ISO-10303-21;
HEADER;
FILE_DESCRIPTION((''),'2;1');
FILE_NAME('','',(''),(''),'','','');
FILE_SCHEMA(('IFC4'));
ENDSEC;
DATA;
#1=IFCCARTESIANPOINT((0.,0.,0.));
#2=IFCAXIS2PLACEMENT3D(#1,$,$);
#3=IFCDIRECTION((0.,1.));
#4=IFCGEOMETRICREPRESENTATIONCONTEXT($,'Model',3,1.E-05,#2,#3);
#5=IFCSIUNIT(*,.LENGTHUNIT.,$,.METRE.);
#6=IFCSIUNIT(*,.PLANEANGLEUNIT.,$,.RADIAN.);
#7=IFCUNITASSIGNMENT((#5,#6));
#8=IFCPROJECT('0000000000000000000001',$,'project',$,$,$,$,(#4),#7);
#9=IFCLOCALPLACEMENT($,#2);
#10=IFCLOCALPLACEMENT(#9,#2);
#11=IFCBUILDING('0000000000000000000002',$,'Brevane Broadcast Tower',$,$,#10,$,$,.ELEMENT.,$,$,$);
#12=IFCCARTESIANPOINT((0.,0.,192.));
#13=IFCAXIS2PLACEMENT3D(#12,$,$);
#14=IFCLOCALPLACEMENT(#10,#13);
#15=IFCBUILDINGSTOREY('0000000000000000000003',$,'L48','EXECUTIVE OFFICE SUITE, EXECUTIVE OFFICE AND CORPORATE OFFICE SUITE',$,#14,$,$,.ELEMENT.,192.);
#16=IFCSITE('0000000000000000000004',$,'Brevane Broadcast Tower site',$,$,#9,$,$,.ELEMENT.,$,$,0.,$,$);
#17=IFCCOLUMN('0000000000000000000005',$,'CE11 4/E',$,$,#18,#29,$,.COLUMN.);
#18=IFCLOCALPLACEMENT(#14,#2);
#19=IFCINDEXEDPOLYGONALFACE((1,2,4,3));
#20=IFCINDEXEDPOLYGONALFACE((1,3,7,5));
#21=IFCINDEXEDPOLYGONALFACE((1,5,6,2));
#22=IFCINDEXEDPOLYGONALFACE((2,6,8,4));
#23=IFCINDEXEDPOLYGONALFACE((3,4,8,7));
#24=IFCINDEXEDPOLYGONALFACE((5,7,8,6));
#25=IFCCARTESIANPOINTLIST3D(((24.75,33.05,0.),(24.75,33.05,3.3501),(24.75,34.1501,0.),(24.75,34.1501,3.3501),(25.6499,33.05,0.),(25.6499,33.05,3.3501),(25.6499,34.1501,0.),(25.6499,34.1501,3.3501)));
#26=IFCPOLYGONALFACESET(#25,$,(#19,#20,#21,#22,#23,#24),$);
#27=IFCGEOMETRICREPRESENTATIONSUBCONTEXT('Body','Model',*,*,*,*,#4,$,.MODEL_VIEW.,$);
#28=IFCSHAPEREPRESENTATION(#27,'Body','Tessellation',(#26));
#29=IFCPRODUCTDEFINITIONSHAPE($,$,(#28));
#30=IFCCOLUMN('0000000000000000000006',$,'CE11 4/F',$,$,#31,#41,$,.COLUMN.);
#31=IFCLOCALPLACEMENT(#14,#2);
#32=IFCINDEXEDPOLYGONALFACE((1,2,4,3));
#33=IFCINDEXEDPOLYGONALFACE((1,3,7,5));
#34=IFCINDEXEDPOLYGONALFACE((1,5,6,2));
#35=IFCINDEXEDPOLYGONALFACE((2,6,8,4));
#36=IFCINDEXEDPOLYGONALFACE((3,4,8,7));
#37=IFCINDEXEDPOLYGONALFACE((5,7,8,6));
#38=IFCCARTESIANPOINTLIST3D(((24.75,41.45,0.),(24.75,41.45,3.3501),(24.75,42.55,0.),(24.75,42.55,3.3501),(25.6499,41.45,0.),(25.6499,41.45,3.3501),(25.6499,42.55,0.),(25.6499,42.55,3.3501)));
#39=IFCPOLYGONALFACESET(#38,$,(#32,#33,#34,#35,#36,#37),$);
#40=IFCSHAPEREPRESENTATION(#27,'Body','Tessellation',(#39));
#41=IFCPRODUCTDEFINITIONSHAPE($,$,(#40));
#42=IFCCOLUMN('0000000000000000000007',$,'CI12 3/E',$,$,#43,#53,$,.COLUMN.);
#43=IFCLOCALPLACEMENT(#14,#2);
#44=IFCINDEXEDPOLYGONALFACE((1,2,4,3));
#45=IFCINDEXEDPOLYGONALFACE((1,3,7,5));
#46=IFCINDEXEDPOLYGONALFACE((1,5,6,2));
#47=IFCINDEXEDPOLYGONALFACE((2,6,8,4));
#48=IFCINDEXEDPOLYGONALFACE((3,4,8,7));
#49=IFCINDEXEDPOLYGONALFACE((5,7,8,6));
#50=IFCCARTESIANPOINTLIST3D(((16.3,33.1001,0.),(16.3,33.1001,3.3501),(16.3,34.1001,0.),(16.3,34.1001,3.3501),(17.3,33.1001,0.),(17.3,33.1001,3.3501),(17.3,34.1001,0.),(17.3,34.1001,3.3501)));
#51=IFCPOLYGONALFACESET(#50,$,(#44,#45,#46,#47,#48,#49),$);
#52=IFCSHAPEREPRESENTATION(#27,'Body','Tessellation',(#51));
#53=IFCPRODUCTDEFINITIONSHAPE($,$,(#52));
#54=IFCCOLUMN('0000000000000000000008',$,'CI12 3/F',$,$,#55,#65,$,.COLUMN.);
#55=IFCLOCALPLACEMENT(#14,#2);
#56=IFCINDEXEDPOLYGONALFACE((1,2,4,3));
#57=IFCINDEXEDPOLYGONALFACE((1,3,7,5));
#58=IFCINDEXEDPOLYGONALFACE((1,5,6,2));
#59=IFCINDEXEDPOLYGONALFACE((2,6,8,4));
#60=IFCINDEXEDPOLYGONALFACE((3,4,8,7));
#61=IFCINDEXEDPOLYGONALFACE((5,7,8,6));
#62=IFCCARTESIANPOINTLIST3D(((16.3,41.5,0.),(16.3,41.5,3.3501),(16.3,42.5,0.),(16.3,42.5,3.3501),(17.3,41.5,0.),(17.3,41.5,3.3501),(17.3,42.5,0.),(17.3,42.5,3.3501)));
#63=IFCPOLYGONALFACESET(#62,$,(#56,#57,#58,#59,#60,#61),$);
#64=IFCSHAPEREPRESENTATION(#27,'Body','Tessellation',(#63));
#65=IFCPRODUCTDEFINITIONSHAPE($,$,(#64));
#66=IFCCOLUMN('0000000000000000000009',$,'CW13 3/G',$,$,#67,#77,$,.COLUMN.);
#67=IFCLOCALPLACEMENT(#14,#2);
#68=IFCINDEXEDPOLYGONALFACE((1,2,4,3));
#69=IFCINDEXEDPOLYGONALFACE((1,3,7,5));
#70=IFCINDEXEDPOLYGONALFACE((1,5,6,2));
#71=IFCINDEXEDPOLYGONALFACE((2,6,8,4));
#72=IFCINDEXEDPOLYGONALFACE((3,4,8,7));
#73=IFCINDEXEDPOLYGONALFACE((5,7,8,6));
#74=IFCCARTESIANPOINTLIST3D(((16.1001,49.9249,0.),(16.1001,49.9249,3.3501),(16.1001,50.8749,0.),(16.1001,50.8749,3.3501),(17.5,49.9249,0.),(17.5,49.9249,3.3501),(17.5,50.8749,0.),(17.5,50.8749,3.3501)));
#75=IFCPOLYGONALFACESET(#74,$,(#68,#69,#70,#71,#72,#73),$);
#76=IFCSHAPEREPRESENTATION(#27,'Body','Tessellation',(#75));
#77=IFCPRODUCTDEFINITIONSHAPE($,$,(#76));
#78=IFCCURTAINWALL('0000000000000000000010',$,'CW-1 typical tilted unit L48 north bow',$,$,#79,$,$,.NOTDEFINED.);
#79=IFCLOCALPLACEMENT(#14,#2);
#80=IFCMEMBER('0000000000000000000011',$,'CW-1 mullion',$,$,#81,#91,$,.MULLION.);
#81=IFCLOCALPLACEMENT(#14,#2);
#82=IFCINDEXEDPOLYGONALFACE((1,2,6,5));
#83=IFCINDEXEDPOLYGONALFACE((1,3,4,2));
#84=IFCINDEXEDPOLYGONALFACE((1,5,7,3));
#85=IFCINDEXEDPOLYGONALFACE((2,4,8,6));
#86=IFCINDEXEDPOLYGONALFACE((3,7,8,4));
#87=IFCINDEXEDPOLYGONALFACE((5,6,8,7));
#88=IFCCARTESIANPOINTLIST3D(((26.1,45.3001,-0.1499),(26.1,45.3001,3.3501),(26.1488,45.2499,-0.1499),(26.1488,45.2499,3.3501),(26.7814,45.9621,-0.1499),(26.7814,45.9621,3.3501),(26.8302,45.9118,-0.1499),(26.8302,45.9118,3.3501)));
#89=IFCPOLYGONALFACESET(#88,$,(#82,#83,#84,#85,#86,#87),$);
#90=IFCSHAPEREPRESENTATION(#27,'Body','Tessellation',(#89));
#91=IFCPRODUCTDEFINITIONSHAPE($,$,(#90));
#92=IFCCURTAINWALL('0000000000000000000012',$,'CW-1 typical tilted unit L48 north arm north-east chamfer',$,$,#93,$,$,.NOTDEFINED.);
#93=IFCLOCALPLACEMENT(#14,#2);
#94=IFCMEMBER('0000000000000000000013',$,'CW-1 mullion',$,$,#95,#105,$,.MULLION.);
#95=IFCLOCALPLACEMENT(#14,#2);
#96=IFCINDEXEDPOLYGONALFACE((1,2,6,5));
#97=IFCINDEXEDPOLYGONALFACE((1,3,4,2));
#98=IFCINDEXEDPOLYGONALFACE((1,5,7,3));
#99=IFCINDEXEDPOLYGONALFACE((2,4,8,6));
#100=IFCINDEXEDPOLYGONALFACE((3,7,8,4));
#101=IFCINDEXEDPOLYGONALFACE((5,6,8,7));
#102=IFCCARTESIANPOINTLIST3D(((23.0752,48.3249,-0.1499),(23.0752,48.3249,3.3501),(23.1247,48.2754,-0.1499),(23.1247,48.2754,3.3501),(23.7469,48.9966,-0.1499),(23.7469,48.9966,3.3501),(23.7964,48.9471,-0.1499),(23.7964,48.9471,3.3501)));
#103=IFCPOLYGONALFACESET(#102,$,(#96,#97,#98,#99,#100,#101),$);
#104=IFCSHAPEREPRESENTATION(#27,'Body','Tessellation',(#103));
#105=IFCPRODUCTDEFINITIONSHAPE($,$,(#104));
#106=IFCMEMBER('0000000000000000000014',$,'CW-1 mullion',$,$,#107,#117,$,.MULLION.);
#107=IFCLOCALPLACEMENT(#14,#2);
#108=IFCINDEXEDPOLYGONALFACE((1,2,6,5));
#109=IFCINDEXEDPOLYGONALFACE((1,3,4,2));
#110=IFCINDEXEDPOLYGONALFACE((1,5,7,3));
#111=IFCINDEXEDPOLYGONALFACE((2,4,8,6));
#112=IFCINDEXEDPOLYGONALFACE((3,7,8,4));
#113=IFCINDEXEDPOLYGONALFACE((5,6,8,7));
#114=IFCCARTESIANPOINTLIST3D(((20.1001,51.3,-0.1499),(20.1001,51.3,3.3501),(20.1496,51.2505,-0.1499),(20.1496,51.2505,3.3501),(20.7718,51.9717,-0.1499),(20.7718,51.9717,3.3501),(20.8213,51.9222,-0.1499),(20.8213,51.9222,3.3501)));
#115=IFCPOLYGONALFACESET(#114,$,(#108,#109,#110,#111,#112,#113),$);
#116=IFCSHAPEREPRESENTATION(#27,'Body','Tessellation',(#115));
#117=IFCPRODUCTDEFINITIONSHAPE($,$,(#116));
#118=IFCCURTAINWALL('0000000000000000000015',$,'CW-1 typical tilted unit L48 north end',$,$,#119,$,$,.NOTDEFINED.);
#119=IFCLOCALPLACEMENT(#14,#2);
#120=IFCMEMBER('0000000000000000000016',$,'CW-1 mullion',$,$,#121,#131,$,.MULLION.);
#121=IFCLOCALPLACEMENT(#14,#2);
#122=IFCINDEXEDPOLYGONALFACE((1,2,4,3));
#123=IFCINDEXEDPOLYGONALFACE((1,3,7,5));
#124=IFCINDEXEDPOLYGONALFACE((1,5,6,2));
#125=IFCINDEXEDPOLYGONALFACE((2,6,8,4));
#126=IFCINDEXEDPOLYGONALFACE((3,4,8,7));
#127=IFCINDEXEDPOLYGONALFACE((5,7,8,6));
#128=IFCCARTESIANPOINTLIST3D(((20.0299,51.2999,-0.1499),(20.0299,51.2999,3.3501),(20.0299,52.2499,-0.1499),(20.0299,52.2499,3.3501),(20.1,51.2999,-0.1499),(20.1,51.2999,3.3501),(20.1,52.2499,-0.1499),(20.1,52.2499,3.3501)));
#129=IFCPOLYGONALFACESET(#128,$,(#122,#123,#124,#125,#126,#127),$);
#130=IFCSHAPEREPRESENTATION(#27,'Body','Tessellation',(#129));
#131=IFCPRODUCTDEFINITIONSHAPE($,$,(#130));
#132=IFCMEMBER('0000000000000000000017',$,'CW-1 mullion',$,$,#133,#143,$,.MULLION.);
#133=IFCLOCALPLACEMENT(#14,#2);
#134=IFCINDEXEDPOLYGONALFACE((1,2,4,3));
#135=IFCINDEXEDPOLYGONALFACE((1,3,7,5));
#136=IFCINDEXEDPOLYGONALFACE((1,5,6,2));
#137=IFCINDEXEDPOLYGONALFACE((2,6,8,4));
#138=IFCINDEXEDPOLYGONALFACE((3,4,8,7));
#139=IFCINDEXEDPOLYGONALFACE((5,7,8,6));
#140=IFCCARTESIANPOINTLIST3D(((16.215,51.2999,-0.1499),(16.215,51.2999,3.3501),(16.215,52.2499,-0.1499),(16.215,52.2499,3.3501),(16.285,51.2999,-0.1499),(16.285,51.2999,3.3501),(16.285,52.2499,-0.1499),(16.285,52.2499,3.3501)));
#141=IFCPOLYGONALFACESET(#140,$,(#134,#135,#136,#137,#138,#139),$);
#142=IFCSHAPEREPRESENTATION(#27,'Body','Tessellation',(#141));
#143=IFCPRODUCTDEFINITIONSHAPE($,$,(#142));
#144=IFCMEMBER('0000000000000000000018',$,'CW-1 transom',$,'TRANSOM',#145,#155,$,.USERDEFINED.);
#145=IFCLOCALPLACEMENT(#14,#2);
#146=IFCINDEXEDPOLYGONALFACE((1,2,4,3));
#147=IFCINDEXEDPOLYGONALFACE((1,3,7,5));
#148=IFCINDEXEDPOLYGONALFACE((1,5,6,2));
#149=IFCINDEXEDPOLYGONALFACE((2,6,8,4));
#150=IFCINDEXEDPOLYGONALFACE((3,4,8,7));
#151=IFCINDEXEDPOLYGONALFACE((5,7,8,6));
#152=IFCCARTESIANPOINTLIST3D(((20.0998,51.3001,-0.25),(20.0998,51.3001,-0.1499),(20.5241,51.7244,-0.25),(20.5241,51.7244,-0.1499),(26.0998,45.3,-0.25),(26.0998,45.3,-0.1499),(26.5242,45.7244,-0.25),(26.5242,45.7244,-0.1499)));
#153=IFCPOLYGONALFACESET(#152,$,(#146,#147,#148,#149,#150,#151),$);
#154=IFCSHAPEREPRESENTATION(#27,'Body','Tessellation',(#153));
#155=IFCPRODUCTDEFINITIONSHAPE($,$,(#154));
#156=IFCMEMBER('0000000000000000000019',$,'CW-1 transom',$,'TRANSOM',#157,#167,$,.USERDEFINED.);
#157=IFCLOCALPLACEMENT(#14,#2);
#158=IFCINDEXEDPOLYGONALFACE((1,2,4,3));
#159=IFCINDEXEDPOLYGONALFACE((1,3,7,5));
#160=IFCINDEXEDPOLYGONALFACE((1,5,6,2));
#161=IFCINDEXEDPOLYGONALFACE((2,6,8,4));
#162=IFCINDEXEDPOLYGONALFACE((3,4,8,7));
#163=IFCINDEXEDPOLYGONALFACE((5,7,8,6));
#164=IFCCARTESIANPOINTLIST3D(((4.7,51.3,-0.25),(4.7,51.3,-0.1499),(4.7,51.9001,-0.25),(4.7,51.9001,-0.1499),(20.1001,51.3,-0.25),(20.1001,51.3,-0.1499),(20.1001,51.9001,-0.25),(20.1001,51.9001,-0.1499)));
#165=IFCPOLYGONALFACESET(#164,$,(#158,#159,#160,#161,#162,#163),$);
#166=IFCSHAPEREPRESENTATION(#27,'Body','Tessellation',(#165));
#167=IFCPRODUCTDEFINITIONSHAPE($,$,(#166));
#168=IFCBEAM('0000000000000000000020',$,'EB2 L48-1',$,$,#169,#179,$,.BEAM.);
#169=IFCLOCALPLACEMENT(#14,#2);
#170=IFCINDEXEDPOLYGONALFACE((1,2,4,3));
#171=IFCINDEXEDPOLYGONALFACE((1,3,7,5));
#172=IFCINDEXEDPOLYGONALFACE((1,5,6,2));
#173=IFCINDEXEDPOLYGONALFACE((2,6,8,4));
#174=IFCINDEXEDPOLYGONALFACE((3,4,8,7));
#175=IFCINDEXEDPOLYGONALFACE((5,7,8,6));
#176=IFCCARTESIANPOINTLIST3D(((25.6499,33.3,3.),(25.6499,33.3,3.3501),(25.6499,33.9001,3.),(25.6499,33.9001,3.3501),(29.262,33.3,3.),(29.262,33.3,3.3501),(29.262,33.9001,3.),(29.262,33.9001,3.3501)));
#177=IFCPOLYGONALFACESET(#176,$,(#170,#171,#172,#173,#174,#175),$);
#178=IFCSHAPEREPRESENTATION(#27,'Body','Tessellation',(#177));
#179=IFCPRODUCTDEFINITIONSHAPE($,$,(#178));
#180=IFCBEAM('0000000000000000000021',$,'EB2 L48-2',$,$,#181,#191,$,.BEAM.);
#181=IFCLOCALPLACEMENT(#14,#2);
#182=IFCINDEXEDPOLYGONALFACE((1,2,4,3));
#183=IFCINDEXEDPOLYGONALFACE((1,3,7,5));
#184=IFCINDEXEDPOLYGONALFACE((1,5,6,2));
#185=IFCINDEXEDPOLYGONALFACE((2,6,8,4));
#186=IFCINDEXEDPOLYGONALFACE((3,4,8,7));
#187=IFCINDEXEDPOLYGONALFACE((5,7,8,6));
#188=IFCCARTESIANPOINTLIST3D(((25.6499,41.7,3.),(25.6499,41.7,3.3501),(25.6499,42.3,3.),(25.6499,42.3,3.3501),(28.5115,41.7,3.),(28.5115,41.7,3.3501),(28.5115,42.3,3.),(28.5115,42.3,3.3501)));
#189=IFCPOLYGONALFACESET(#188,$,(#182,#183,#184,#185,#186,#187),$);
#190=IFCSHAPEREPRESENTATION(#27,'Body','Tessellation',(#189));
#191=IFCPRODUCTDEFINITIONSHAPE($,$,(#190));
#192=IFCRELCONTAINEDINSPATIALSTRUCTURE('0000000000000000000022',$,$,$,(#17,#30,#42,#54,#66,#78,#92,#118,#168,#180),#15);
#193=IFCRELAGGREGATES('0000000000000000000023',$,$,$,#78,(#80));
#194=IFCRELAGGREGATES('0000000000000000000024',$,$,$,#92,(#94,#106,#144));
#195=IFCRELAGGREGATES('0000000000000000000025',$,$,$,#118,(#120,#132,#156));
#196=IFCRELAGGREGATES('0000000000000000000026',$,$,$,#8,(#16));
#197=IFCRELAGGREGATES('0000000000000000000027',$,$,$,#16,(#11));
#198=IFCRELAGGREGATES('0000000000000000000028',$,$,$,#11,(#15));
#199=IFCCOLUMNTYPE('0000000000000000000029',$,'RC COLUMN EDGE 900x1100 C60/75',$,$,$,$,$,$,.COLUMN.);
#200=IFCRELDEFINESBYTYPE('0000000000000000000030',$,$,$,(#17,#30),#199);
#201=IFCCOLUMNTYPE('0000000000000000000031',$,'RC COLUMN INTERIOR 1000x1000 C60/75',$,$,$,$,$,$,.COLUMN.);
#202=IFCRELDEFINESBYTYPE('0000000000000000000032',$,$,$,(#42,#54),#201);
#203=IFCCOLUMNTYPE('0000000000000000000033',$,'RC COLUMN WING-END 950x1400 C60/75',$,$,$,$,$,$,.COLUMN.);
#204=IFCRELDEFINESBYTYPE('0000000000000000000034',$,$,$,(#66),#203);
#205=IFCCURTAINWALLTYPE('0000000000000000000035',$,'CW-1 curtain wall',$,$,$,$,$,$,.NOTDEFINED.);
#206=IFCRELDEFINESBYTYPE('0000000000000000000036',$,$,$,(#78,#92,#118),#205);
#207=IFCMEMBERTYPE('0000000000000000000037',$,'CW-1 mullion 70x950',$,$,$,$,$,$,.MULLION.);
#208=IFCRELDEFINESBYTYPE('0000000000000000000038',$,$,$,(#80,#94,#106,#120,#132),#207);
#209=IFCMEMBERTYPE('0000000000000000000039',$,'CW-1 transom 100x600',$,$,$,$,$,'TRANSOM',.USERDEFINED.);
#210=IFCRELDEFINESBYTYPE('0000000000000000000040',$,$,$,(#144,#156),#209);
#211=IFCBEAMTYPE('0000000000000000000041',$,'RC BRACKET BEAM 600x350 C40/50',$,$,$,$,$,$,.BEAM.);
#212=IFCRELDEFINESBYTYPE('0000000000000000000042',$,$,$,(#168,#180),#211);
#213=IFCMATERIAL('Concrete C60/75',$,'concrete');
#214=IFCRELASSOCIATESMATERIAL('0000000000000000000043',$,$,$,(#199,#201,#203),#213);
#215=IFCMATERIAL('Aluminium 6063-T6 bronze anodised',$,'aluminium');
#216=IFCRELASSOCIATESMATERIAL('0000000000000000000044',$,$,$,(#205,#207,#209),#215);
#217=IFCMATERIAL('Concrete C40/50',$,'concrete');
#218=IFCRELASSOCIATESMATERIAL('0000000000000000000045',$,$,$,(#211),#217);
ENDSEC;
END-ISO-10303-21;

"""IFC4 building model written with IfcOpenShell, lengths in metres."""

from ifc_helpers import new_model, si_unit, direction, frame, origin, origin_2d, place, context, subcontext, project, spatial, rectangle, extrude, material, material_profile, profile_set, type_object, element, aggregate, save


model = new_model("IFC4")

# Units and contexts
model_context = context("Model", 3, precision=1e-05, world=origin(), true_north=direction((0.0, 1.0)))
body_context = subcontext(model_context, "Body", "Model", "MODEL_VIEW")
ifc_project = project(units=[si_unit("LENGTHUNIT", "METRE"), si_unit("PLANEANGLEUNIT", "RADIAN")], contexts=[model_context])

# Site, building, storey
site_placement = place(None, origin())
site = spatial("IfcSite", under=ifc_project, at=site_placement, Name="Brevane Broadcast Tower site", CompositionType="ELEMENT", RefElevation=0.0)
building_placement = place(site_placement, origin())
building = spatial("IfcBuilding", under=site, at=building_placement, Name="Brevane Broadcast Tower", CompositionType="ELEMENT")
storey_placement = place(building_placement, frame((0.0, 0.0, 192.0)))
storey = spatial("IfcBuildingStorey", under=building, at=storey_placement, Name="L48", Description="EXECUTIVE OFFICE SUITE, EXECUTIVE OFFICE AND CORPORATE OFFICE SUITE", CompositionType="ELEMENT", Elevation=192.0)

# Columns
ifc_material_1 = material(Name="Concrete C60/75", Category="concrete")
ifc_material_profile_1 = material_profile(ifc_material_1, rectangle(XDim=0.8999, YDim=1.1001, at=origin_2d()), Name="RC 900x1100")
ifc_profile_set_1 = profile_set([ifc_material_profile_1], Name="Concrete C60/75")
column_type_1 = type_object("IfcColumnType", Name="RC COLUMN EDGE 900x1100 C60/75", PredefinedType="COLUMN", material=ifc_profile_set_1)
for number, where, z_axis, x_axis, name in (
    (1, (25.2, 33.6001, 0.0), (0.0, 0.0, 1.0), (1.0, 0.0, 0.0), "CE11 4/E"),
    (2, (25.2, 42.0, 0.0), (0.0, 0.0, 1.0), (1.0, 0.0, 0.0), "CE11 4/F"),
):
    element("IfcColumn", number, at=place(storey_placement, frame(where, z_axis=z_axis, x_axis=x_axis)), inside=storey, type_object=column_type_1, Name=name, PredefinedType="COLUMN", context=body_context, shape_type="SweptSolid", body=[
        extrude(rectangle(XDim=0.8999, YDim=1.1001, at=origin_2d()), origin(), (0.0, 0.0, 1.0), 3.3501),
    ])
ifc_material_profile_2 = material_profile(ifc_material_1, rectangle(XDim=1.0, YDim=1.0, at=origin_2d()), Name="RC 1000x1000")
ifc_profile_set_2 = profile_set([ifc_material_profile_2], Name="Concrete C60/75")
column_type_2 = type_object("IfcColumnType", Name="RC COLUMN INTERIOR 1000x1000 C60/75", PredefinedType="COLUMN", material=ifc_profile_set_2)
for number, where, z_axis, x_axis, name in (
    (3, (16.8, 33.6001, 0.0), (0.0, 0.0, 1.0), (1.0, 0.0, 0.0), "CI12 3/E"),
    (4, (16.8, 42.0, 0.0), (0.0, 0.0, 1.0), (1.0, 0.0, 0.0), "CI12 3/F"),
):
    element("IfcColumn", number, at=place(storey_placement, frame(where, z_axis=z_axis, x_axis=x_axis)), inside=storey, type_object=column_type_2, Name=name, PredefinedType="COLUMN", context=body_context, shape_type="SweptSolid", body=[
        extrude(rectangle(XDim=1.0, YDim=1.0, at=origin_2d()), origin(), (0.0, 0.0, 1.0), 3.3501),
    ])
ifc_material_profile_3 = material_profile(ifc_material_1, rectangle(XDim=0.95, YDim=1.3999, at=origin_2d()), Name="RC 950x1400")
ifc_profile_set_3 = profile_set([ifc_material_profile_3], Name="Concrete C60/75")
column_type_3 = type_object("IfcColumnType", Name="RC COLUMN WING-END 950x1400 C60/75", PredefinedType="COLUMN", material=ifc_profile_set_3)
column_placement = place(storey_placement, frame((16.8, 50.3999, 0.0), z_axis=(0.0, 0.0, 1.0), x_axis=(0.0, 1.0, 0.0)))
element("IfcColumn", 5, at=column_placement, inside=storey, type_object=column_type_3, Name="CW13 3/G", PredefinedType="COLUMN", context=body_context, shape_type="SweptSolid", body=[
    extrude(rectangle(XDim=0.95, YDim=1.3999, at=origin_2d()), origin(), (0.0, 0.0, 1.0), 3.3501),
])

# Curtain wall, member
ifc_material_2 = material(Name="Aluminium 6063-T6 bronze anodised", Category="aluminium")
curtain_wall_type = type_object("IfcCurtainWallType", Name="CW-1 curtain wall", PredefinedType="NOTDEFINED", material=ifc_material_2)
curtain_wall_1_placement = place(storey_placement, origin())
curtain_wall_1 = element("IfcCurtainWall", 6, at=curtain_wall_1_placement, inside=storey, type_object=curtain_wall_type, Name="CW-1 typical tilted unit L48 north bow", PredefinedType="NOTDEFINED")
ifc_material_profile_4 = material_profile(ifc_material_2, rectangle(XDim=0.95, YDim=0.0701, at=origin_2d()), Name="RECT 70x950")
ifc_profile_set_4 = profile_set([ifc_material_profile_4], Name="Aluminium 6063-T6 bronze anodised")
member_type_1 = type_object("IfcMemberType", Name="CW-1 mullion 70x950", PredefinedType="MULLION", material=ifc_profile_set_4)
member_1_placement = place(storey_placement, frame((26.4651, 45.606, -0.1499), z_axis=(0.0, 0.0, 1.0), x_axis=(-0.717254, -0.696812, 0.0)))
member_1 = element("IfcMember", 7, at=member_1_placement, type_object=member_type_1, Name="CW-1 mullion", PredefinedType="MULLION", context=body_context, shape_type="SweptSolid", body=[
    extrude(rectangle(XDim=0.95, YDim=0.0701, at=origin_2d()), origin(), (0.0, 0.0, 1.0), 3.5),
])
aggregate(curtain_wall_1, [member_1])

# Curtain walls, members
curtain_wall_2_placement = place(storey_placement, origin())
curtain_wall_2 = element("IfcCurtainWall", 8, at=curtain_wall_2_placement, inside=storey, type_object=curtain_wall_type, Name="CW-1 typical tilted unit L48 north arm north-east chamfer", PredefinedType="NOTDEFINED")
member_2_placement = place(storey_placement, frame((23.4358, 48.636, -0.1499), z_axis=(0.0, 0.0, 1.0), x_axis=(-0.707107, -0.707107, 0.0)))
member_2 = element("IfcMember", 9, at=member_2_placement, type_object=member_type_1, Name="CW-1 mullion", PredefinedType="MULLION", context=body_context, shape_type="SweptSolid", body=[
    extrude(rectangle(XDim=0.95, YDim=0.0701, at=origin_2d()), origin(), (0.0, 0.0, 1.0), 3.5),
])
member_3_placement = place(storey_placement, frame((20.4607, 51.6111, -0.1499), z_axis=(0.0, 0.0, 1.0), x_axis=(-0.707107, -0.707107, 0.0)))
member_3 = element("IfcMember", 10, at=member_3_placement, type_object=member_type_1, Name="CW-1 mullion", PredefinedType="MULLION", context=body_context, shape_type="SweptSolid", body=[
    extrude(rectangle(XDim=0.95, YDim=0.0701, at=origin_2d()), origin(), (0.0, 0.0, 1.0), 3.5),
])
curtain_wall_3_placement = place(storey_placement, origin())
curtain_wall_3 = element("IfcCurtainWall", 11, at=curtain_wall_3_placement, inside=storey, type_object=curtain_wall_type, Name="CW-1 typical tilted unit L48 north end", PredefinedType="NOTDEFINED")
member_4_placement = place(storey_placement, frame((20.0649, 51.7749, -0.1499), z_axis=(0.0, 0.0, 1.0), x_axis=(0.0, -1.0, 0.0)))
member_4 = element("IfcMember", 12, at=member_4_placement, type_object=member_type_1, Name="CW-1 mullion", PredefinedType="MULLION", context=body_context, shape_type="SweptSolid", body=[
    extrude(rectangle(XDim=0.95, YDim=0.0701, at=origin_2d()), origin(), (0.0, 0.0, 1.0), 3.5),
])
member_5_placement = place(storey_placement, frame((16.25, 51.7749, -0.1499), z_axis=(0.0, 0.0, 1.0), x_axis=(0.0, -1.0, 0.0)))
member_5 = element("IfcMember", 13, at=member_5_placement, type_object=member_type_1, Name="CW-1 mullion", PredefinedType="MULLION", context=body_context, shape_type="SweptSolid", body=[
    extrude(rectangle(XDim=0.95, YDim=0.0701, at=origin_2d()), origin(), (0.0, 0.0, 1.0), 3.5),
])

# Members
ifc_material_profile_5 = material_profile(ifc_material_2, rectangle(XDim=0.6001, YDim=0.1001, at=origin_2d()), Name="RECT 100x600")
ifc_profile_set_5 = profile_set([ifc_material_profile_5], Name="Aluminium 6063-T6 bronze anodised")
member_type_2 = type_object("IfcMemberType", Name="CW-1 transom 100x600", ElementType="TRANSOM", PredefinedType="USERDEFINED", material=ifc_profile_set_5)
member_6_placement = place(storey_placement, frame((26.312, 45.5122, -0.2), z_axis=(-0.707107, 0.707107, 0.0), x_axis=(-0.707107, -0.707107, 0.0)))
member_6 = element("IfcMember", 14, at=member_6_placement, type_object=member_type_2, Name="CW-1 transom", ObjectType="TRANSOM", PredefinedType="USERDEFINED", context=body_context, shape_type="SweptSolid", body=[
    extrude(rectangle(XDim=0.6001, YDim=0.1001, at=origin_2d()), origin(), (0.0, 0.0, 1.0), 8.4854),
])
aggregate(curtain_wall_2, [member_2, member_3, member_6])
member_7_placement = place(storey_placement, frame((20.1001, 51.6001, -0.2), z_axis=(-1.0, 0.0, 0.0), x_axis=(0.0, -1.0, 0.0)))
member_7 = element("IfcMember", 15, at=member_7_placement, type_object=member_type_2, Name="CW-1 transom", ObjectType="TRANSOM", PredefinedType="USERDEFINED", context=body_context, shape_type="SweptSolid", body=[
    extrude(rectangle(XDim=0.6001, YDim=0.1001, at=origin_2d()), origin(), (0.0, 0.0, 1.0), 15.4001),
])
aggregate(curtain_wall_3, [member_4, member_5, member_7])

# Beams
ifc_material_3 = material(Name="Concrete C40/50", Category="concrete")
ifc_material_profile_6 = material_profile(ifc_material_3, rectangle(XDim=0.6001, YDim=0.3501, at=origin_2d()), Name="RC 600x350")
ifc_profile_set_6 = profile_set([ifc_material_profile_6], Name="Concrete C40/50")
beam_type_1 = type_object("IfcBeamType", Name="RC BRACKET BEAM 600x350 C40/50", PredefinedType="BEAM", material=ifc_profile_set_6)
beam_1_placement = place(storey_placement, frame((25.6499, 33.6001, 3.175), z_axis=(1.0, 0.0, 0.0), x_axis=(0.0, 1.0, 0.0)))
element("IfcBeam", 16, at=beam_1_placement, inside=storey, type_object=beam_type_1, Name="EB2 L48-1", PredefinedType="BEAM", context=body_context, shape_type="SweptSolid", body=[
    extrude(rectangle(XDim=0.6001, YDim=0.3501, at=origin_2d()), origin(), (0.0, 0.0, 1.0), 3.6121),
])
beam_2_placement = place(storey_placement, frame((25.6499, 42.0, 3.175), z_axis=(1.0, 0.0, 0.0), x_axis=(0.0, 1.0, 0.0)))
element("IfcBeam", 17, at=beam_2_placement, inside=storey, type_object=beam_type_1, Name="EB2 L48-2", PredefinedType="BEAM", context=body_context, shape_type="SweptSolid", body=[
    extrude(rectangle(XDim=0.6001, YDim=0.3501, at=origin_2d()), origin(), (0.0, 0.0, 1.0), 2.8616),
])

save(model, "model.ifc")
